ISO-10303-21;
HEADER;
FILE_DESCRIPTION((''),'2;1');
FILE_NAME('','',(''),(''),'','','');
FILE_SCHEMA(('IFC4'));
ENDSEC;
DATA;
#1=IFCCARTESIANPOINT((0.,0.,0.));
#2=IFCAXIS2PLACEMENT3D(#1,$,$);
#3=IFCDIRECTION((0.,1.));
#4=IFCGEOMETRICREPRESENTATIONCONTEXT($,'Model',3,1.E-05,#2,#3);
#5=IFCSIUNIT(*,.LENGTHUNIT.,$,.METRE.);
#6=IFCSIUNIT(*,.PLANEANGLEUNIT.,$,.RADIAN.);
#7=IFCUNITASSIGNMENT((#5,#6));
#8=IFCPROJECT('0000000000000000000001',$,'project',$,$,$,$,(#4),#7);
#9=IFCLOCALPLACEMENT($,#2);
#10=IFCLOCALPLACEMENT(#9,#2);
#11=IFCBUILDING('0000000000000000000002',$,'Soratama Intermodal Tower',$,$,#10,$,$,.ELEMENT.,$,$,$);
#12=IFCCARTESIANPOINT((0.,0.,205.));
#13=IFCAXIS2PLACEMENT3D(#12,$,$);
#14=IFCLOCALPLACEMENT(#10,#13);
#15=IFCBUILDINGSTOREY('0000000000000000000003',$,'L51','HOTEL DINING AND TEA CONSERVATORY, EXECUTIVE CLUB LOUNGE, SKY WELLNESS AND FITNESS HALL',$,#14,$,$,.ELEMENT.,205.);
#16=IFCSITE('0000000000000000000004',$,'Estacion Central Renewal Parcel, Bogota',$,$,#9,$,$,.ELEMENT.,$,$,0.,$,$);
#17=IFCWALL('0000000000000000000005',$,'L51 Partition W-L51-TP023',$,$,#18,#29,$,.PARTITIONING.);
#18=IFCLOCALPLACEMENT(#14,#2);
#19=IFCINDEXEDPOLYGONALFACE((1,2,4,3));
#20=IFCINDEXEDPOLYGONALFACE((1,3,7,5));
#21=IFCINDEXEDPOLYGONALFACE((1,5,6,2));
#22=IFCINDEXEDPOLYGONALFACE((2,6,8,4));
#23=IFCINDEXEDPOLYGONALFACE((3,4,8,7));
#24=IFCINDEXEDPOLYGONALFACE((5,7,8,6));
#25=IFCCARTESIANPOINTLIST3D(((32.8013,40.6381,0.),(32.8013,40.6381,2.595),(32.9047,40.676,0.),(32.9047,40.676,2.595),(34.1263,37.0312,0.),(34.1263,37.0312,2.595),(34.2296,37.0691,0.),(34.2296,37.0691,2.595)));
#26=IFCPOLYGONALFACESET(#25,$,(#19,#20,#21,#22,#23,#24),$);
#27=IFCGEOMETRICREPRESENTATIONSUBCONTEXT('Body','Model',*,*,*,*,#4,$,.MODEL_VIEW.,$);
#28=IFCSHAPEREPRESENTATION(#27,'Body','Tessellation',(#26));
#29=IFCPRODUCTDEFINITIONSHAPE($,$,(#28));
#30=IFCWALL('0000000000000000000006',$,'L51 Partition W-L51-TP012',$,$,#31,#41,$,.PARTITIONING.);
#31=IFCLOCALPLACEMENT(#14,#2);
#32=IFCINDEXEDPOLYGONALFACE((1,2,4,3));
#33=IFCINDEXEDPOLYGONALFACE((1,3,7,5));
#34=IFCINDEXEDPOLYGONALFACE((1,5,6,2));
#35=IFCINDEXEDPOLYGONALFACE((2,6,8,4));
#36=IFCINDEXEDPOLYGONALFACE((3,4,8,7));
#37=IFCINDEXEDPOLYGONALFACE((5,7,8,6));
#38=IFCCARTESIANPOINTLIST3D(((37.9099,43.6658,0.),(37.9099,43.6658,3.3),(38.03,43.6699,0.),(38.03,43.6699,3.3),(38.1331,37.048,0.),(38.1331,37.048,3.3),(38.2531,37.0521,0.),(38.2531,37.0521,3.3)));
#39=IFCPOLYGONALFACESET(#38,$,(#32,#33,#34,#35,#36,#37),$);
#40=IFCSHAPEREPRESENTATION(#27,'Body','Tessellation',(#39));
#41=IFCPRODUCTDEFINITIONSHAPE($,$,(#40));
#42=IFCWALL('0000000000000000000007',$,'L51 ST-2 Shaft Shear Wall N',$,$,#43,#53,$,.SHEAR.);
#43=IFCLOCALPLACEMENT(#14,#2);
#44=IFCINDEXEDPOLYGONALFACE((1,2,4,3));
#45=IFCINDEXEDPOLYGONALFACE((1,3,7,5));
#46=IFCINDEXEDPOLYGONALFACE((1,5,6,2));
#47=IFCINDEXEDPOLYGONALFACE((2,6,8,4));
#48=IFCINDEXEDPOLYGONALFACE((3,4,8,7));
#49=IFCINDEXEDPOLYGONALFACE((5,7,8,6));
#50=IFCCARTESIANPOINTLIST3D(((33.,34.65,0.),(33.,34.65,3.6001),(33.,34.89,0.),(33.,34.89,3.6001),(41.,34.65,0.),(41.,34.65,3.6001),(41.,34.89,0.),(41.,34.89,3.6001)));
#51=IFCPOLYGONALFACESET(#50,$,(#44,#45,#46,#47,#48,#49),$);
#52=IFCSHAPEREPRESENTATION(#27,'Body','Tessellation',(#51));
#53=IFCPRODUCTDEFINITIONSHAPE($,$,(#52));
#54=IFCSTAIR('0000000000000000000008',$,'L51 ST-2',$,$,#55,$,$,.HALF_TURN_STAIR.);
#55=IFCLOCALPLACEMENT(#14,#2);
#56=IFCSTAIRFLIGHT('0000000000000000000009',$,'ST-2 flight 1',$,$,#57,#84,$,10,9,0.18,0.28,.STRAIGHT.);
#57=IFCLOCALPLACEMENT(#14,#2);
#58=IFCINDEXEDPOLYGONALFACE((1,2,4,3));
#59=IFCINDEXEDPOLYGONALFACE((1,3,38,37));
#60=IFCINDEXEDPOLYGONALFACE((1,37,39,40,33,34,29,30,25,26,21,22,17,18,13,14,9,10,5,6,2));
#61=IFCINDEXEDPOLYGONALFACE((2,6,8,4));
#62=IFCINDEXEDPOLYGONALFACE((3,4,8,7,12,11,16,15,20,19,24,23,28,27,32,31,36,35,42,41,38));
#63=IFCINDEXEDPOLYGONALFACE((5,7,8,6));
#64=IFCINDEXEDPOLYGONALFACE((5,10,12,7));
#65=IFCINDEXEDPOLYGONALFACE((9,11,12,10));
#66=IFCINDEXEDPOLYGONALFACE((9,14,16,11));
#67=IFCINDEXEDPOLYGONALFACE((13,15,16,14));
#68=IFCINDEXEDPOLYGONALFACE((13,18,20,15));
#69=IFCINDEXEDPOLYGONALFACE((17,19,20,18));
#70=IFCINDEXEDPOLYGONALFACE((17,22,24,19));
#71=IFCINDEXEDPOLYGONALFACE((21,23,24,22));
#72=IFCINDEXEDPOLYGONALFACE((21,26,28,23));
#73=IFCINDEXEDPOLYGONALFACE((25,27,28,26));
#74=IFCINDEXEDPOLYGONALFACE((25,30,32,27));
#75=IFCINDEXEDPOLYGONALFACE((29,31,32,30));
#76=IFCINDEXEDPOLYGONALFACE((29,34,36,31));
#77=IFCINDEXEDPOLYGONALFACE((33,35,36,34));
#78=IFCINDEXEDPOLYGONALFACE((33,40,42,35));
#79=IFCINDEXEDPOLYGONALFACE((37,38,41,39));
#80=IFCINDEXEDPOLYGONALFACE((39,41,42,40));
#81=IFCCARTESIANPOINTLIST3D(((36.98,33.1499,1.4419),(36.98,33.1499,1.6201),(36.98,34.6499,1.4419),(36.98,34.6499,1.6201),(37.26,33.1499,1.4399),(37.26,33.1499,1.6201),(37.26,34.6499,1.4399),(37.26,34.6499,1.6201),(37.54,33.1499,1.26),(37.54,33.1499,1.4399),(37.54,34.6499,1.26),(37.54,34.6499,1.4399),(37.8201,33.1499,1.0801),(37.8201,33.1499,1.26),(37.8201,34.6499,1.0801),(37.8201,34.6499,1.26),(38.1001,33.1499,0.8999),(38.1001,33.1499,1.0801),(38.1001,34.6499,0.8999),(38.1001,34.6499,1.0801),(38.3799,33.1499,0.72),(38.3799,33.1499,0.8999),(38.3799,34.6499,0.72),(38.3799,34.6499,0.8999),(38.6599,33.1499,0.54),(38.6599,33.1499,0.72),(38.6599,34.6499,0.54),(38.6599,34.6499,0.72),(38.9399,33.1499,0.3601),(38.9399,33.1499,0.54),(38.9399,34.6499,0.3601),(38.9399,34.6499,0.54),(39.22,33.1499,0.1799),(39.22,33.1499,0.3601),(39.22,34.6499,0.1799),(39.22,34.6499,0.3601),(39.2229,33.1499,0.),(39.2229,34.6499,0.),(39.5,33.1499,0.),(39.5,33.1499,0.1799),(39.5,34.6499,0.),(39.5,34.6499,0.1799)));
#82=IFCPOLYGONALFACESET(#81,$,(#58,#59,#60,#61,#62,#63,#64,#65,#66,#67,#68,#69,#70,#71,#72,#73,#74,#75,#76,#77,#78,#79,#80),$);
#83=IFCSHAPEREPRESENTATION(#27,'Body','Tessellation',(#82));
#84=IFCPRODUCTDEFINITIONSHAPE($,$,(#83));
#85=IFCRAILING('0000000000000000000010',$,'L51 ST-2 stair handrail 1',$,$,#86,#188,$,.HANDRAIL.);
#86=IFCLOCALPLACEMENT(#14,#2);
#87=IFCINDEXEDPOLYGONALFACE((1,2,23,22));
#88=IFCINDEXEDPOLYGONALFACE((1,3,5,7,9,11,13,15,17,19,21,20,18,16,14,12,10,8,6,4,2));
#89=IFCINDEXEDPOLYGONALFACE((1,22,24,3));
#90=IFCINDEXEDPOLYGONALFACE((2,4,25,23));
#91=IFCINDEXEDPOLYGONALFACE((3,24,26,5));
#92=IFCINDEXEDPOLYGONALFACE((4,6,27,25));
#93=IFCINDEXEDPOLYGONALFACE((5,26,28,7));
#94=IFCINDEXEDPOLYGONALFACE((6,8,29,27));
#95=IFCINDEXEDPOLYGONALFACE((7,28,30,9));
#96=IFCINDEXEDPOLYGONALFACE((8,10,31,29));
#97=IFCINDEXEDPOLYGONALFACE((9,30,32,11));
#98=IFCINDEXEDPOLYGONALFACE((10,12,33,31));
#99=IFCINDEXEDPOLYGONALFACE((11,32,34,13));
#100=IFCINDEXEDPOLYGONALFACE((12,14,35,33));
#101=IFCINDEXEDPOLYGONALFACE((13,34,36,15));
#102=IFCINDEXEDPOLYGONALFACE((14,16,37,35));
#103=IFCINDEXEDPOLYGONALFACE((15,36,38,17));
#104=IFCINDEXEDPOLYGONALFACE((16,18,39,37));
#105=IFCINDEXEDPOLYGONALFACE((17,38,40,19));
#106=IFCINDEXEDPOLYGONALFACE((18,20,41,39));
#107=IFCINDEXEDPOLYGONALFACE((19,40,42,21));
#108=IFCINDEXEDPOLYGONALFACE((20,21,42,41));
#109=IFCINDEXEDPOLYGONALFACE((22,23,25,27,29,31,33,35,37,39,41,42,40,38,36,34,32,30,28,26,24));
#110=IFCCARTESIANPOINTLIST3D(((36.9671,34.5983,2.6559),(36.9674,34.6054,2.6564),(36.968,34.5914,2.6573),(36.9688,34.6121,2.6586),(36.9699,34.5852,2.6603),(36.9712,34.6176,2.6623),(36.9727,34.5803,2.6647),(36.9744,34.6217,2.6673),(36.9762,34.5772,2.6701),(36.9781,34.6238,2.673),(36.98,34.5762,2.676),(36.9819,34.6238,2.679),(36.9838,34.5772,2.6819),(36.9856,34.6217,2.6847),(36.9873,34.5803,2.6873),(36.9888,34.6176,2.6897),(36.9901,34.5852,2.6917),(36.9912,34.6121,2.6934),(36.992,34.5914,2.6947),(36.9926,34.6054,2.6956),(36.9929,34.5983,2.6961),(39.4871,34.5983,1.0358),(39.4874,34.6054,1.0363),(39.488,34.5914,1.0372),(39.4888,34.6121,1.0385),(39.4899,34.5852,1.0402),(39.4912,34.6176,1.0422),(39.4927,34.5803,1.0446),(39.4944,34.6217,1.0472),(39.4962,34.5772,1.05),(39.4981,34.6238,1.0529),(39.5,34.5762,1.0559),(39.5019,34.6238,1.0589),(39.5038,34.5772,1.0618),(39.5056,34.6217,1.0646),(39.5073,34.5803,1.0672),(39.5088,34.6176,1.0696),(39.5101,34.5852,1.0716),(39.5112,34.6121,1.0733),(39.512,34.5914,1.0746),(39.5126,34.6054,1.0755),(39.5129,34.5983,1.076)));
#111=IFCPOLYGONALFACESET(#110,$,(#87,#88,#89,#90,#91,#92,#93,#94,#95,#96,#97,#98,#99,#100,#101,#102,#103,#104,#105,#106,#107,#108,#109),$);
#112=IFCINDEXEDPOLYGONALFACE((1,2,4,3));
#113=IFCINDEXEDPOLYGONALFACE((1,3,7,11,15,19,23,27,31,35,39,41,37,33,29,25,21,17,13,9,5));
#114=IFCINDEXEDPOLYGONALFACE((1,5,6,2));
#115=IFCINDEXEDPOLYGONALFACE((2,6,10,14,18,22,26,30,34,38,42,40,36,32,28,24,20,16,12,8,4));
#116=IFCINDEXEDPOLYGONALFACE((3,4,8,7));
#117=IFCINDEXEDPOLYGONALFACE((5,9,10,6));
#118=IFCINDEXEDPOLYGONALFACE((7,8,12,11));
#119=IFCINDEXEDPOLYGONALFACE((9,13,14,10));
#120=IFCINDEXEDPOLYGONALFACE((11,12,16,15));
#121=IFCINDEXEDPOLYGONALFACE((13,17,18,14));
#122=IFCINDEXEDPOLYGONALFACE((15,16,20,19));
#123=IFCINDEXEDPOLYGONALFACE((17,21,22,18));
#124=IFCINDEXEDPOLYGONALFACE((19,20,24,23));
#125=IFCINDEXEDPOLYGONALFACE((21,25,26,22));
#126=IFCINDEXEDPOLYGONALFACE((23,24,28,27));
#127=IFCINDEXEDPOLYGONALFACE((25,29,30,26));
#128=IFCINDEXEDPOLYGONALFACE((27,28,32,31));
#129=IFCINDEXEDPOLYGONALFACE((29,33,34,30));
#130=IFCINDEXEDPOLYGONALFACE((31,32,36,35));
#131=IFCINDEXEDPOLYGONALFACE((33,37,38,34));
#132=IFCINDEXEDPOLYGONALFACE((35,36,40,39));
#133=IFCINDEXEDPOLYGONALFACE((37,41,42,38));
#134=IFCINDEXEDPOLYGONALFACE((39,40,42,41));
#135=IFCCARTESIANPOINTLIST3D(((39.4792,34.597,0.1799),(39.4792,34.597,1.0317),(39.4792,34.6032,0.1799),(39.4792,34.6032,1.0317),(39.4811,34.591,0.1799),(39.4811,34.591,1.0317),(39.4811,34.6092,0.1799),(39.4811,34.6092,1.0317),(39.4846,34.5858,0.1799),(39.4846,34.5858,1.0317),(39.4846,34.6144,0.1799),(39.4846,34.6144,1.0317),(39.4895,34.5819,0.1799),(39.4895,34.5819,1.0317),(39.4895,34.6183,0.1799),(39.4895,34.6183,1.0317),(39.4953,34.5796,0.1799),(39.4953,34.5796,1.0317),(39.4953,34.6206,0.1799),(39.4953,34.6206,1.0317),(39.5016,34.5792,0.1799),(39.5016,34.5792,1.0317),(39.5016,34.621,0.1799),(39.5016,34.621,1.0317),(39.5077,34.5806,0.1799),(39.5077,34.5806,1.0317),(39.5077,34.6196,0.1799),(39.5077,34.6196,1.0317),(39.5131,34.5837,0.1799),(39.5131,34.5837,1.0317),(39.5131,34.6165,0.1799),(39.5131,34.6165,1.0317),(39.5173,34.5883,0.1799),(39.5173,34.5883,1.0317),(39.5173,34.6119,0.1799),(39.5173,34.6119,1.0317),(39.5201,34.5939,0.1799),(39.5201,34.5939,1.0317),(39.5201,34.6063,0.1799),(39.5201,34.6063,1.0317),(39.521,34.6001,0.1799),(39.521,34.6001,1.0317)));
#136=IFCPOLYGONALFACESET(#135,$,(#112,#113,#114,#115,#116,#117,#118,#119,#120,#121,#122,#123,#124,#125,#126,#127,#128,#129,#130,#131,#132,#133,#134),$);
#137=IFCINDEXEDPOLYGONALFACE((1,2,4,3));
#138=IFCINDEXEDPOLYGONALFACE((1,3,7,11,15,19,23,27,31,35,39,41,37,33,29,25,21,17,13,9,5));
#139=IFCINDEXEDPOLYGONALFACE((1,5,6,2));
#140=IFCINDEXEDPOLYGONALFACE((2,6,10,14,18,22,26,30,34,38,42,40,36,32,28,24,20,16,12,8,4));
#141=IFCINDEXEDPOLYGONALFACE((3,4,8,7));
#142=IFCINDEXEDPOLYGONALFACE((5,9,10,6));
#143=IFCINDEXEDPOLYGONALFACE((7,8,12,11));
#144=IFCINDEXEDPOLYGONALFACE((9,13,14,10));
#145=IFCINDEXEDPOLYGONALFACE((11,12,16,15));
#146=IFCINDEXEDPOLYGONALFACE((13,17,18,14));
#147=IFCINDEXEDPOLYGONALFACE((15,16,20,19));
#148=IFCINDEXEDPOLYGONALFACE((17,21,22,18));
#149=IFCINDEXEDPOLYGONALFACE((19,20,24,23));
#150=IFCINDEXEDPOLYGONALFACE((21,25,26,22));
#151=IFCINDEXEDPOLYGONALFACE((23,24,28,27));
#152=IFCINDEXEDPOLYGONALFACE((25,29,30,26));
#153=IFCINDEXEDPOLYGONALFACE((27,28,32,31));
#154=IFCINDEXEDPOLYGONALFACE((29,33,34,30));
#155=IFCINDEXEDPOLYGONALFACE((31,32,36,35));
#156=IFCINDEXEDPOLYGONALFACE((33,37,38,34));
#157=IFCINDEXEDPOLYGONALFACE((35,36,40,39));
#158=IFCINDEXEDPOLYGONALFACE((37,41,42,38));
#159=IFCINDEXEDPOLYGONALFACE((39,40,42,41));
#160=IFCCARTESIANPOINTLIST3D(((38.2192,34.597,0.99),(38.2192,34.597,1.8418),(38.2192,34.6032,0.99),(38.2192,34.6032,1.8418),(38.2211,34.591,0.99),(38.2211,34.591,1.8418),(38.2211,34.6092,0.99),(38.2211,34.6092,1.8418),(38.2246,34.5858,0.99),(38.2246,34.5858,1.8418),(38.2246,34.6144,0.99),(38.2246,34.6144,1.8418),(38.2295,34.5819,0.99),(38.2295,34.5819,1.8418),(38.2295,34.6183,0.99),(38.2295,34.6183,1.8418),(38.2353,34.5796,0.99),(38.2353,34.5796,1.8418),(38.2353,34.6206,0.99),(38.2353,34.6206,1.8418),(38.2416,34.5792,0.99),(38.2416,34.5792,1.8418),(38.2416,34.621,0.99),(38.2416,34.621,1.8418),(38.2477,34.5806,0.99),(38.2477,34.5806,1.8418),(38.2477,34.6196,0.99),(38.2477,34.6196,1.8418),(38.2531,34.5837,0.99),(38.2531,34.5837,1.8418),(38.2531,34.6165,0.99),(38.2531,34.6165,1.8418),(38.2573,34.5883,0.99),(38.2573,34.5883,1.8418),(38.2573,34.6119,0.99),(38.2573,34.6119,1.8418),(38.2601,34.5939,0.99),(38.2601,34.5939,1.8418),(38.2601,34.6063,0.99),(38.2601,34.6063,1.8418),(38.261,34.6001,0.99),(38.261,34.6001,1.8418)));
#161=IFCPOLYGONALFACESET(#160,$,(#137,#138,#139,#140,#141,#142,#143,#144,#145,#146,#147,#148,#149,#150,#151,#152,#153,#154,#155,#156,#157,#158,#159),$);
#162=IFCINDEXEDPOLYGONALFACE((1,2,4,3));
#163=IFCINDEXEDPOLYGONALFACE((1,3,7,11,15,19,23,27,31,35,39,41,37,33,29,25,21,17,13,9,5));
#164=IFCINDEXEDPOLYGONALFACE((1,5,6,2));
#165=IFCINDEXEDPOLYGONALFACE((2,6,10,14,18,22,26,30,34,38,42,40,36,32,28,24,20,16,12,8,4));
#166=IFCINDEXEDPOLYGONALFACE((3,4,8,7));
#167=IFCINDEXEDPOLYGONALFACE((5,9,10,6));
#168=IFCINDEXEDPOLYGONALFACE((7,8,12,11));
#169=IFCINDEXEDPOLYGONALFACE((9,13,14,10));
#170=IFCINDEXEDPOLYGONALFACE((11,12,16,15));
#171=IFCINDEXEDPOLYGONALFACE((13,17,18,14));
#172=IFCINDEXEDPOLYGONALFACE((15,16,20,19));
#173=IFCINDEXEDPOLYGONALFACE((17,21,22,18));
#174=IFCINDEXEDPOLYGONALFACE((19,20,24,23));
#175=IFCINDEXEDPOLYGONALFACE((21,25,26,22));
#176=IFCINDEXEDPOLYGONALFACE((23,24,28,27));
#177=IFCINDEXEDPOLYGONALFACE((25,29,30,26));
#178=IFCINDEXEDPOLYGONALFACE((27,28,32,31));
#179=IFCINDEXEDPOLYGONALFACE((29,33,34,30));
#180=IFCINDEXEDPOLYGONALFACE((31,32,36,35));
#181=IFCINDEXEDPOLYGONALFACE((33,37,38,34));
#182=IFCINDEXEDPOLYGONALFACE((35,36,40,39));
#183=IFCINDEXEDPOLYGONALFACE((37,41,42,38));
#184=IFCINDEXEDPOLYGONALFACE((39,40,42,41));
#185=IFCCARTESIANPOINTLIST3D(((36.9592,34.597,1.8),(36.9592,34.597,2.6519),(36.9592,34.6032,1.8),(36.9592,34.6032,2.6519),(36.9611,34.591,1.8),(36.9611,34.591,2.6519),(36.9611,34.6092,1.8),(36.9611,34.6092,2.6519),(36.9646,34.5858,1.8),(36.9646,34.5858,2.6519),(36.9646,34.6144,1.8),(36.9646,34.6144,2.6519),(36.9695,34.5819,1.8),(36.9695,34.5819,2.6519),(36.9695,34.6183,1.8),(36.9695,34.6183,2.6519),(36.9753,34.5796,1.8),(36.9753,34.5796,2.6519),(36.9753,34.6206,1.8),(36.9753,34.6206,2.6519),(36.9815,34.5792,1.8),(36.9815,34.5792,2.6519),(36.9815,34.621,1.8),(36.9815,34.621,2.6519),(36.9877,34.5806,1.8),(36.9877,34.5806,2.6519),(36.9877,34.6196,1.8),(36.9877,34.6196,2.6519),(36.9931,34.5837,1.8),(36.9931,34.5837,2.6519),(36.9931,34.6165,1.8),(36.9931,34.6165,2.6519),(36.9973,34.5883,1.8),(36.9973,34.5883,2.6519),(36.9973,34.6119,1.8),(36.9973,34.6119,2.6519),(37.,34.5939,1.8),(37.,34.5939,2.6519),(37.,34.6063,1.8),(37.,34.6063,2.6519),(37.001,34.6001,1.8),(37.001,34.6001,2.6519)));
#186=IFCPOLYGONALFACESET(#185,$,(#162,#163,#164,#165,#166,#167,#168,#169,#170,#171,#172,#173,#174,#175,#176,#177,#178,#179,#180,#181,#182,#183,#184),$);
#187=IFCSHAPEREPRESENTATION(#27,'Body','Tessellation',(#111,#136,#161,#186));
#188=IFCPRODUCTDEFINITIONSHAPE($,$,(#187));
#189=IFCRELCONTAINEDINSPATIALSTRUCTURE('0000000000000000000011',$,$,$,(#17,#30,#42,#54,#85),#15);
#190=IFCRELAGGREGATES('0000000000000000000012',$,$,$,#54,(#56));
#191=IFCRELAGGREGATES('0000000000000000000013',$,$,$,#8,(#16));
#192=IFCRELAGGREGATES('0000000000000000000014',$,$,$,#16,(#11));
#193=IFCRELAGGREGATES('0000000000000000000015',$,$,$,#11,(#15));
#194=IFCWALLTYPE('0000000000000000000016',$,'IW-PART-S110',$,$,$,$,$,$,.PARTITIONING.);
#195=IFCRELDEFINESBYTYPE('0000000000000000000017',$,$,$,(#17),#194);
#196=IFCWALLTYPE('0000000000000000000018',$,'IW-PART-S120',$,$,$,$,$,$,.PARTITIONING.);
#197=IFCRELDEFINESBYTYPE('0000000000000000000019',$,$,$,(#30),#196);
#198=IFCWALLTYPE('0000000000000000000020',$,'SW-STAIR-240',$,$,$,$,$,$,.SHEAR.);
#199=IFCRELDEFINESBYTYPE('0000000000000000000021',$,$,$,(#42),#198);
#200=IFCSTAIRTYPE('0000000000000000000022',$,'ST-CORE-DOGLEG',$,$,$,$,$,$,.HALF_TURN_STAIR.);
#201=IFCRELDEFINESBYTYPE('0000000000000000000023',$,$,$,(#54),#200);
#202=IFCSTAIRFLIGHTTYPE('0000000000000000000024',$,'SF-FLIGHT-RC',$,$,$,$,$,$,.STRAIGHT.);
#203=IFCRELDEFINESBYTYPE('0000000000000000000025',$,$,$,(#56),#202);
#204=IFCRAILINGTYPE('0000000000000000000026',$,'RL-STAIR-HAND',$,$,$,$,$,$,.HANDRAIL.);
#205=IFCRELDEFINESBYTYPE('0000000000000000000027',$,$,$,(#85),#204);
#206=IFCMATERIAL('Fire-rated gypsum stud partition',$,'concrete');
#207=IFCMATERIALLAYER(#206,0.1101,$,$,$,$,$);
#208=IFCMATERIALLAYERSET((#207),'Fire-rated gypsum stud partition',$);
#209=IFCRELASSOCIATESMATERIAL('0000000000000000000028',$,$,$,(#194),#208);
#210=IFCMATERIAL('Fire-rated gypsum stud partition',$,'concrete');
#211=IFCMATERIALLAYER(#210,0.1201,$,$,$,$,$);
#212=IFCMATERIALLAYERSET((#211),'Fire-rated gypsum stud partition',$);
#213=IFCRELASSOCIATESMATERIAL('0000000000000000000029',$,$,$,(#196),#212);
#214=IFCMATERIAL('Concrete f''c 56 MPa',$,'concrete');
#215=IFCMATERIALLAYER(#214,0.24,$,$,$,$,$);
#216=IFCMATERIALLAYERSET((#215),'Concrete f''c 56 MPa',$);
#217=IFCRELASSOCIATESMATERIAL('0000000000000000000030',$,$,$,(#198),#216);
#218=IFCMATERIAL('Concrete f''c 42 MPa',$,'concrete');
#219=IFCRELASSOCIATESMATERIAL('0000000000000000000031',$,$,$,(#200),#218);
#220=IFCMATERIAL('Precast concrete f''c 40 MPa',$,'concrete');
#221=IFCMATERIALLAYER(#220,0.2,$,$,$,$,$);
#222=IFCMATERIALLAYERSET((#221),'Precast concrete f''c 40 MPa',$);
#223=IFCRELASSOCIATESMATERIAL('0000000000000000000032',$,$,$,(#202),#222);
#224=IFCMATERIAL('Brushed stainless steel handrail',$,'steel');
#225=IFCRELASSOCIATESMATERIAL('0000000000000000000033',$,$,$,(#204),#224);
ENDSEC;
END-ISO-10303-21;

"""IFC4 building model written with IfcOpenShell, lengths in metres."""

from ifc_helpers import new_model, si_unit, direction, frame, frame_2d, origin, origin_2d, place, context, subcontext, project, spatial, polyline, rectangle, circle, outline, extrude, material, layer, layer_set, type_object, element, aggregate, save


model = new_model("IFC4")

# Units and contexts
model_context = context("Model", 3, precision=1e-05, world=origin(), true_north=direction((0.0, 1.0)))
body_context = subcontext(model_context, "Body", "Model", "MODEL_VIEW")
ifc_project = project(units=[si_unit("LENGTHUNIT", "METRE"), si_unit("PLANEANGLEUNIT", "RADIAN")], contexts=[model_context])

# Site, building, storey
site_placement = place(None, origin())
site = spatial("IfcSite", under=ifc_project, at=site_placement, Name="Estacion Central Renewal Parcel, Bogota", CompositionType="ELEMENT", RefElevation=0.0)
building_placement = place(site_placement, origin())
building = spatial("IfcBuilding", under=site, at=building_placement, Name="Soratama Intermodal Tower", CompositionType="ELEMENT")
storey_placement = place(building_placement, frame((0.0, 0.0, 205.0)))
storey = spatial("IfcBuildingStorey", under=building, at=storey_placement, Name="L51", Description="HOTEL DINING AND TEA CONSERVATORY, EXECUTIVE CLUB LOUNGE, SKY WELLNESS AND FITNESS HALL", CompositionType="ELEMENT", Elevation=205.0)

# Walls
ifc_material_1 = material(Name="Fire-rated gypsum stud partition", Category="concrete")
ifc_layer_1 = layer(ifc_material_1, 0.1101)
ifc_layer_set_1 = layer_set([ifc_layer_1], Name="Fire-rated gypsum stud partition")
wall_type_1 = type_object("IfcWallType", Name="IW-PART-S110", PredefinedType="PARTITIONING", material=ifc_layer_set_1)
wall_1_placement = place(storey_placement, frame((34.178, 37.05, 0.0), z_axis=(0.0, 0.0, 1.0), x_axis=(-0.344807, 0.938674, 0.0)))
element("IfcWall", 1, at=wall_1_placement, inside=storey, type_object=wall_type_1, Name="L51 Partition W-L51-TP023", PredefinedType="PARTITIONING", context=body_context, shape_type="SweptSolid", body=[
    extrude(rectangle(XDim=3.8425, YDim=0.1101, at=frame_2d((1.9214, 0.0))), origin(), (0.0, 0.0, 1.0), 2.595),
])
ifc_material_2 = material(Name="Fire-rated gypsum stud partition", Category="concrete")
ifc_layer_2 = layer(ifc_material_2, 0.1201)
ifc_layer_set_2 = layer_set([ifc_layer_2], Name="Fire-rated gypsum stud partition")
wall_type_2 = type_object("IfcWallType", Name="IW-PART-S120", PredefinedType="PARTITIONING", material=ifc_layer_set_2)
wall_2_placement = place(storey_placement, frame((38.1931, 37.05, 0.0), z_axis=(0.0, 0.0, 1.0), x_axis=(-0.033699, 0.999432, 0.0)))
element("IfcWall", 2, at=wall_2_placement, inside=storey, type_object=wall_type_2, Name="L51 Partition W-L51-TP012", PredefinedType="PARTITIONING", context=body_context, shape_type="SweptSolid", body=[
    extrude(rectangle(XDim=6.6216, YDim=0.1201, at=frame_2d((3.3108, 0.0))), origin(), (0.0, 0.0, 1.0), 3.3),
])
ifc_material_3 = material(Name="Concrete f'c 56 MPa", Category="concrete")
ifc_layer_3 = layer(ifc_material_3, 0.24)
ifc_layer_set_3 = layer_set([ifc_layer_3], Name="Concrete f'c 56 MPa")
wall_type_3 = type_object("IfcWallType", Name="SW-STAIR-240", PredefinedType="SHEAR", material=ifc_layer_set_3)
wall_3_placement = place(storey_placement, frame((33.0, 34.77, 0.0), z_axis=(0.0, 0.0, 1.0), x_axis=(1.0, 0.0, 0.0)))
element("IfcWall", 3, at=wall_3_placement, inside=storey, type_object=wall_type_3, Name="L51 ST-2 Shaft Shear Wall N", PredefinedType="SHEAR", context=body_context, shape_type="SweptSolid", body=[
    extrude(rectangle(XDim=8.0, YDim=0.24, at=frame_2d((4.0, 0.0))), origin(), (0.0, 0.0, 1.0), 3.6001),
])

# Stair, stair flight
ifc_material_4 = material(Name="Concrete f'c 42 MPa", Category="concrete")
stair_type = type_object("IfcStairType", Name="ST-CORE-DOGLEG", PredefinedType="HALF_TURN_STAIR", material=ifc_material_4)
stair_placement = place(storey_placement, origin())
stair = element("IfcStair", 4, at=stair_placement, inside=storey, type_object=stair_type, Name="L51 ST-2", PredefinedType="HALF_TURN_STAIR")
ifc_material_5 = material(Name="Precast concrete f'c 40 MPa", Category="concrete")
ifc_layer_4 = layer(ifc_material_5, 0.2)
ifc_layer_set_4 = layer_set([ifc_layer_4], Name="Precast concrete f'c 40 MPa")
stair_flight_type = type_object("IfcStairFlightType", Name="SF-FLIGHT-RC", PredefinedType="STRAIGHT", material=ifc_layer_set_4)
stair_flight_placement = place(storey_placement, frame((39.5, 33.8999, 0.0), z_axis=(0.0, 0.0, 1.0), x_axis=(-1.0, 0.0, 0.0)))
stair_flight = element("IfcStairFlight", 5, at=stair_flight_placement, type_object=stair_flight_type, Name="ST-2 flight 1", NumberOfRisers=10, NumberOfTreads=9, PredefinedType="STRAIGHT", RiserHeight=0.18, TreadLength=0.28, context=body_context, shape_type="SweptSolid", body=[
    extrude(outline(polyline([(0.0, 0.0), (0.0, 0.1799), (0.28, 0.1799), (0.28, 0.3601), (0.5601, 0.3601), (0.5601, 0.54), (0.8401, 0.54), (0.8401, 0.72), (1.1201, 0.72), (1.1201, 0.8999), (1.3999, 0.8999), (1.3999, 1.0801), (1.6799, 1.0801), (1.6799, 1.26), (1.96, 1.26), (1.96, 1.4399), (2.24, 1.4399), (2.24, 1.6201), (2.52, 1.6201), (2.52, 1.8), (2.52, 1.4419), (0.2771, 0.0), (0.0, 0.0)])), frame((0.0, 0.75, 0.0), z_axis=(0.0, -1.0, 0.0), x_axis=(1.0, 0.0, 0.0)), (0.0, 0.0, 1.0), 1.5),
])
aggregate(stair, [stair_flight])

# Railing
ifc_material_6 = material(Name="Brushed stainless steel handrail", Category="steel")
railing_type_1 = type_object("IfcRailingType", Name="RL-STAIR-HAND", PredefinedType="HANDRAIL", material=ifc_material_6)
railing_1_placement = place(storey_placement, frame((39.5, 34.6001, 0.1799)))
element("IfcRailing", 6, at=railing_1_placement, inside=storey, type_object=railing_type_1, Name="L51 ST-2 stair handrail 1", PredefinedType="HANDRAIL", context=body_context, shape_type="SweptSolid", body=[
    extrude(circle(Radius=0.0239, at=origin_2d()), frame((0.0, 0.0, 0.876), z_axis=(-0.841163, 0.0, 0.540782), x_axis=(0.0, -1.0, 0.0)), (0.0, 0.0, 1.0), 2.9958),
    extrude(circle(Radius=0.021, at=origin_2d()), origin(), (0.0, 0.0, 1.0), 0.8518),
    extrude(circle(Radius=0.021, at=origin_2d()), frame((-1.26, 0.0, 0.8101)), (0.0, 0.0, 1.0), 0.8518),
    extrude(circle(Radius=0.021, at=origin_2d()), frame((-2.52, 0.0, 1.6201)), (0.0, 0.0, 1.0), 0.8518),
])

save(model, "model.ifc")
